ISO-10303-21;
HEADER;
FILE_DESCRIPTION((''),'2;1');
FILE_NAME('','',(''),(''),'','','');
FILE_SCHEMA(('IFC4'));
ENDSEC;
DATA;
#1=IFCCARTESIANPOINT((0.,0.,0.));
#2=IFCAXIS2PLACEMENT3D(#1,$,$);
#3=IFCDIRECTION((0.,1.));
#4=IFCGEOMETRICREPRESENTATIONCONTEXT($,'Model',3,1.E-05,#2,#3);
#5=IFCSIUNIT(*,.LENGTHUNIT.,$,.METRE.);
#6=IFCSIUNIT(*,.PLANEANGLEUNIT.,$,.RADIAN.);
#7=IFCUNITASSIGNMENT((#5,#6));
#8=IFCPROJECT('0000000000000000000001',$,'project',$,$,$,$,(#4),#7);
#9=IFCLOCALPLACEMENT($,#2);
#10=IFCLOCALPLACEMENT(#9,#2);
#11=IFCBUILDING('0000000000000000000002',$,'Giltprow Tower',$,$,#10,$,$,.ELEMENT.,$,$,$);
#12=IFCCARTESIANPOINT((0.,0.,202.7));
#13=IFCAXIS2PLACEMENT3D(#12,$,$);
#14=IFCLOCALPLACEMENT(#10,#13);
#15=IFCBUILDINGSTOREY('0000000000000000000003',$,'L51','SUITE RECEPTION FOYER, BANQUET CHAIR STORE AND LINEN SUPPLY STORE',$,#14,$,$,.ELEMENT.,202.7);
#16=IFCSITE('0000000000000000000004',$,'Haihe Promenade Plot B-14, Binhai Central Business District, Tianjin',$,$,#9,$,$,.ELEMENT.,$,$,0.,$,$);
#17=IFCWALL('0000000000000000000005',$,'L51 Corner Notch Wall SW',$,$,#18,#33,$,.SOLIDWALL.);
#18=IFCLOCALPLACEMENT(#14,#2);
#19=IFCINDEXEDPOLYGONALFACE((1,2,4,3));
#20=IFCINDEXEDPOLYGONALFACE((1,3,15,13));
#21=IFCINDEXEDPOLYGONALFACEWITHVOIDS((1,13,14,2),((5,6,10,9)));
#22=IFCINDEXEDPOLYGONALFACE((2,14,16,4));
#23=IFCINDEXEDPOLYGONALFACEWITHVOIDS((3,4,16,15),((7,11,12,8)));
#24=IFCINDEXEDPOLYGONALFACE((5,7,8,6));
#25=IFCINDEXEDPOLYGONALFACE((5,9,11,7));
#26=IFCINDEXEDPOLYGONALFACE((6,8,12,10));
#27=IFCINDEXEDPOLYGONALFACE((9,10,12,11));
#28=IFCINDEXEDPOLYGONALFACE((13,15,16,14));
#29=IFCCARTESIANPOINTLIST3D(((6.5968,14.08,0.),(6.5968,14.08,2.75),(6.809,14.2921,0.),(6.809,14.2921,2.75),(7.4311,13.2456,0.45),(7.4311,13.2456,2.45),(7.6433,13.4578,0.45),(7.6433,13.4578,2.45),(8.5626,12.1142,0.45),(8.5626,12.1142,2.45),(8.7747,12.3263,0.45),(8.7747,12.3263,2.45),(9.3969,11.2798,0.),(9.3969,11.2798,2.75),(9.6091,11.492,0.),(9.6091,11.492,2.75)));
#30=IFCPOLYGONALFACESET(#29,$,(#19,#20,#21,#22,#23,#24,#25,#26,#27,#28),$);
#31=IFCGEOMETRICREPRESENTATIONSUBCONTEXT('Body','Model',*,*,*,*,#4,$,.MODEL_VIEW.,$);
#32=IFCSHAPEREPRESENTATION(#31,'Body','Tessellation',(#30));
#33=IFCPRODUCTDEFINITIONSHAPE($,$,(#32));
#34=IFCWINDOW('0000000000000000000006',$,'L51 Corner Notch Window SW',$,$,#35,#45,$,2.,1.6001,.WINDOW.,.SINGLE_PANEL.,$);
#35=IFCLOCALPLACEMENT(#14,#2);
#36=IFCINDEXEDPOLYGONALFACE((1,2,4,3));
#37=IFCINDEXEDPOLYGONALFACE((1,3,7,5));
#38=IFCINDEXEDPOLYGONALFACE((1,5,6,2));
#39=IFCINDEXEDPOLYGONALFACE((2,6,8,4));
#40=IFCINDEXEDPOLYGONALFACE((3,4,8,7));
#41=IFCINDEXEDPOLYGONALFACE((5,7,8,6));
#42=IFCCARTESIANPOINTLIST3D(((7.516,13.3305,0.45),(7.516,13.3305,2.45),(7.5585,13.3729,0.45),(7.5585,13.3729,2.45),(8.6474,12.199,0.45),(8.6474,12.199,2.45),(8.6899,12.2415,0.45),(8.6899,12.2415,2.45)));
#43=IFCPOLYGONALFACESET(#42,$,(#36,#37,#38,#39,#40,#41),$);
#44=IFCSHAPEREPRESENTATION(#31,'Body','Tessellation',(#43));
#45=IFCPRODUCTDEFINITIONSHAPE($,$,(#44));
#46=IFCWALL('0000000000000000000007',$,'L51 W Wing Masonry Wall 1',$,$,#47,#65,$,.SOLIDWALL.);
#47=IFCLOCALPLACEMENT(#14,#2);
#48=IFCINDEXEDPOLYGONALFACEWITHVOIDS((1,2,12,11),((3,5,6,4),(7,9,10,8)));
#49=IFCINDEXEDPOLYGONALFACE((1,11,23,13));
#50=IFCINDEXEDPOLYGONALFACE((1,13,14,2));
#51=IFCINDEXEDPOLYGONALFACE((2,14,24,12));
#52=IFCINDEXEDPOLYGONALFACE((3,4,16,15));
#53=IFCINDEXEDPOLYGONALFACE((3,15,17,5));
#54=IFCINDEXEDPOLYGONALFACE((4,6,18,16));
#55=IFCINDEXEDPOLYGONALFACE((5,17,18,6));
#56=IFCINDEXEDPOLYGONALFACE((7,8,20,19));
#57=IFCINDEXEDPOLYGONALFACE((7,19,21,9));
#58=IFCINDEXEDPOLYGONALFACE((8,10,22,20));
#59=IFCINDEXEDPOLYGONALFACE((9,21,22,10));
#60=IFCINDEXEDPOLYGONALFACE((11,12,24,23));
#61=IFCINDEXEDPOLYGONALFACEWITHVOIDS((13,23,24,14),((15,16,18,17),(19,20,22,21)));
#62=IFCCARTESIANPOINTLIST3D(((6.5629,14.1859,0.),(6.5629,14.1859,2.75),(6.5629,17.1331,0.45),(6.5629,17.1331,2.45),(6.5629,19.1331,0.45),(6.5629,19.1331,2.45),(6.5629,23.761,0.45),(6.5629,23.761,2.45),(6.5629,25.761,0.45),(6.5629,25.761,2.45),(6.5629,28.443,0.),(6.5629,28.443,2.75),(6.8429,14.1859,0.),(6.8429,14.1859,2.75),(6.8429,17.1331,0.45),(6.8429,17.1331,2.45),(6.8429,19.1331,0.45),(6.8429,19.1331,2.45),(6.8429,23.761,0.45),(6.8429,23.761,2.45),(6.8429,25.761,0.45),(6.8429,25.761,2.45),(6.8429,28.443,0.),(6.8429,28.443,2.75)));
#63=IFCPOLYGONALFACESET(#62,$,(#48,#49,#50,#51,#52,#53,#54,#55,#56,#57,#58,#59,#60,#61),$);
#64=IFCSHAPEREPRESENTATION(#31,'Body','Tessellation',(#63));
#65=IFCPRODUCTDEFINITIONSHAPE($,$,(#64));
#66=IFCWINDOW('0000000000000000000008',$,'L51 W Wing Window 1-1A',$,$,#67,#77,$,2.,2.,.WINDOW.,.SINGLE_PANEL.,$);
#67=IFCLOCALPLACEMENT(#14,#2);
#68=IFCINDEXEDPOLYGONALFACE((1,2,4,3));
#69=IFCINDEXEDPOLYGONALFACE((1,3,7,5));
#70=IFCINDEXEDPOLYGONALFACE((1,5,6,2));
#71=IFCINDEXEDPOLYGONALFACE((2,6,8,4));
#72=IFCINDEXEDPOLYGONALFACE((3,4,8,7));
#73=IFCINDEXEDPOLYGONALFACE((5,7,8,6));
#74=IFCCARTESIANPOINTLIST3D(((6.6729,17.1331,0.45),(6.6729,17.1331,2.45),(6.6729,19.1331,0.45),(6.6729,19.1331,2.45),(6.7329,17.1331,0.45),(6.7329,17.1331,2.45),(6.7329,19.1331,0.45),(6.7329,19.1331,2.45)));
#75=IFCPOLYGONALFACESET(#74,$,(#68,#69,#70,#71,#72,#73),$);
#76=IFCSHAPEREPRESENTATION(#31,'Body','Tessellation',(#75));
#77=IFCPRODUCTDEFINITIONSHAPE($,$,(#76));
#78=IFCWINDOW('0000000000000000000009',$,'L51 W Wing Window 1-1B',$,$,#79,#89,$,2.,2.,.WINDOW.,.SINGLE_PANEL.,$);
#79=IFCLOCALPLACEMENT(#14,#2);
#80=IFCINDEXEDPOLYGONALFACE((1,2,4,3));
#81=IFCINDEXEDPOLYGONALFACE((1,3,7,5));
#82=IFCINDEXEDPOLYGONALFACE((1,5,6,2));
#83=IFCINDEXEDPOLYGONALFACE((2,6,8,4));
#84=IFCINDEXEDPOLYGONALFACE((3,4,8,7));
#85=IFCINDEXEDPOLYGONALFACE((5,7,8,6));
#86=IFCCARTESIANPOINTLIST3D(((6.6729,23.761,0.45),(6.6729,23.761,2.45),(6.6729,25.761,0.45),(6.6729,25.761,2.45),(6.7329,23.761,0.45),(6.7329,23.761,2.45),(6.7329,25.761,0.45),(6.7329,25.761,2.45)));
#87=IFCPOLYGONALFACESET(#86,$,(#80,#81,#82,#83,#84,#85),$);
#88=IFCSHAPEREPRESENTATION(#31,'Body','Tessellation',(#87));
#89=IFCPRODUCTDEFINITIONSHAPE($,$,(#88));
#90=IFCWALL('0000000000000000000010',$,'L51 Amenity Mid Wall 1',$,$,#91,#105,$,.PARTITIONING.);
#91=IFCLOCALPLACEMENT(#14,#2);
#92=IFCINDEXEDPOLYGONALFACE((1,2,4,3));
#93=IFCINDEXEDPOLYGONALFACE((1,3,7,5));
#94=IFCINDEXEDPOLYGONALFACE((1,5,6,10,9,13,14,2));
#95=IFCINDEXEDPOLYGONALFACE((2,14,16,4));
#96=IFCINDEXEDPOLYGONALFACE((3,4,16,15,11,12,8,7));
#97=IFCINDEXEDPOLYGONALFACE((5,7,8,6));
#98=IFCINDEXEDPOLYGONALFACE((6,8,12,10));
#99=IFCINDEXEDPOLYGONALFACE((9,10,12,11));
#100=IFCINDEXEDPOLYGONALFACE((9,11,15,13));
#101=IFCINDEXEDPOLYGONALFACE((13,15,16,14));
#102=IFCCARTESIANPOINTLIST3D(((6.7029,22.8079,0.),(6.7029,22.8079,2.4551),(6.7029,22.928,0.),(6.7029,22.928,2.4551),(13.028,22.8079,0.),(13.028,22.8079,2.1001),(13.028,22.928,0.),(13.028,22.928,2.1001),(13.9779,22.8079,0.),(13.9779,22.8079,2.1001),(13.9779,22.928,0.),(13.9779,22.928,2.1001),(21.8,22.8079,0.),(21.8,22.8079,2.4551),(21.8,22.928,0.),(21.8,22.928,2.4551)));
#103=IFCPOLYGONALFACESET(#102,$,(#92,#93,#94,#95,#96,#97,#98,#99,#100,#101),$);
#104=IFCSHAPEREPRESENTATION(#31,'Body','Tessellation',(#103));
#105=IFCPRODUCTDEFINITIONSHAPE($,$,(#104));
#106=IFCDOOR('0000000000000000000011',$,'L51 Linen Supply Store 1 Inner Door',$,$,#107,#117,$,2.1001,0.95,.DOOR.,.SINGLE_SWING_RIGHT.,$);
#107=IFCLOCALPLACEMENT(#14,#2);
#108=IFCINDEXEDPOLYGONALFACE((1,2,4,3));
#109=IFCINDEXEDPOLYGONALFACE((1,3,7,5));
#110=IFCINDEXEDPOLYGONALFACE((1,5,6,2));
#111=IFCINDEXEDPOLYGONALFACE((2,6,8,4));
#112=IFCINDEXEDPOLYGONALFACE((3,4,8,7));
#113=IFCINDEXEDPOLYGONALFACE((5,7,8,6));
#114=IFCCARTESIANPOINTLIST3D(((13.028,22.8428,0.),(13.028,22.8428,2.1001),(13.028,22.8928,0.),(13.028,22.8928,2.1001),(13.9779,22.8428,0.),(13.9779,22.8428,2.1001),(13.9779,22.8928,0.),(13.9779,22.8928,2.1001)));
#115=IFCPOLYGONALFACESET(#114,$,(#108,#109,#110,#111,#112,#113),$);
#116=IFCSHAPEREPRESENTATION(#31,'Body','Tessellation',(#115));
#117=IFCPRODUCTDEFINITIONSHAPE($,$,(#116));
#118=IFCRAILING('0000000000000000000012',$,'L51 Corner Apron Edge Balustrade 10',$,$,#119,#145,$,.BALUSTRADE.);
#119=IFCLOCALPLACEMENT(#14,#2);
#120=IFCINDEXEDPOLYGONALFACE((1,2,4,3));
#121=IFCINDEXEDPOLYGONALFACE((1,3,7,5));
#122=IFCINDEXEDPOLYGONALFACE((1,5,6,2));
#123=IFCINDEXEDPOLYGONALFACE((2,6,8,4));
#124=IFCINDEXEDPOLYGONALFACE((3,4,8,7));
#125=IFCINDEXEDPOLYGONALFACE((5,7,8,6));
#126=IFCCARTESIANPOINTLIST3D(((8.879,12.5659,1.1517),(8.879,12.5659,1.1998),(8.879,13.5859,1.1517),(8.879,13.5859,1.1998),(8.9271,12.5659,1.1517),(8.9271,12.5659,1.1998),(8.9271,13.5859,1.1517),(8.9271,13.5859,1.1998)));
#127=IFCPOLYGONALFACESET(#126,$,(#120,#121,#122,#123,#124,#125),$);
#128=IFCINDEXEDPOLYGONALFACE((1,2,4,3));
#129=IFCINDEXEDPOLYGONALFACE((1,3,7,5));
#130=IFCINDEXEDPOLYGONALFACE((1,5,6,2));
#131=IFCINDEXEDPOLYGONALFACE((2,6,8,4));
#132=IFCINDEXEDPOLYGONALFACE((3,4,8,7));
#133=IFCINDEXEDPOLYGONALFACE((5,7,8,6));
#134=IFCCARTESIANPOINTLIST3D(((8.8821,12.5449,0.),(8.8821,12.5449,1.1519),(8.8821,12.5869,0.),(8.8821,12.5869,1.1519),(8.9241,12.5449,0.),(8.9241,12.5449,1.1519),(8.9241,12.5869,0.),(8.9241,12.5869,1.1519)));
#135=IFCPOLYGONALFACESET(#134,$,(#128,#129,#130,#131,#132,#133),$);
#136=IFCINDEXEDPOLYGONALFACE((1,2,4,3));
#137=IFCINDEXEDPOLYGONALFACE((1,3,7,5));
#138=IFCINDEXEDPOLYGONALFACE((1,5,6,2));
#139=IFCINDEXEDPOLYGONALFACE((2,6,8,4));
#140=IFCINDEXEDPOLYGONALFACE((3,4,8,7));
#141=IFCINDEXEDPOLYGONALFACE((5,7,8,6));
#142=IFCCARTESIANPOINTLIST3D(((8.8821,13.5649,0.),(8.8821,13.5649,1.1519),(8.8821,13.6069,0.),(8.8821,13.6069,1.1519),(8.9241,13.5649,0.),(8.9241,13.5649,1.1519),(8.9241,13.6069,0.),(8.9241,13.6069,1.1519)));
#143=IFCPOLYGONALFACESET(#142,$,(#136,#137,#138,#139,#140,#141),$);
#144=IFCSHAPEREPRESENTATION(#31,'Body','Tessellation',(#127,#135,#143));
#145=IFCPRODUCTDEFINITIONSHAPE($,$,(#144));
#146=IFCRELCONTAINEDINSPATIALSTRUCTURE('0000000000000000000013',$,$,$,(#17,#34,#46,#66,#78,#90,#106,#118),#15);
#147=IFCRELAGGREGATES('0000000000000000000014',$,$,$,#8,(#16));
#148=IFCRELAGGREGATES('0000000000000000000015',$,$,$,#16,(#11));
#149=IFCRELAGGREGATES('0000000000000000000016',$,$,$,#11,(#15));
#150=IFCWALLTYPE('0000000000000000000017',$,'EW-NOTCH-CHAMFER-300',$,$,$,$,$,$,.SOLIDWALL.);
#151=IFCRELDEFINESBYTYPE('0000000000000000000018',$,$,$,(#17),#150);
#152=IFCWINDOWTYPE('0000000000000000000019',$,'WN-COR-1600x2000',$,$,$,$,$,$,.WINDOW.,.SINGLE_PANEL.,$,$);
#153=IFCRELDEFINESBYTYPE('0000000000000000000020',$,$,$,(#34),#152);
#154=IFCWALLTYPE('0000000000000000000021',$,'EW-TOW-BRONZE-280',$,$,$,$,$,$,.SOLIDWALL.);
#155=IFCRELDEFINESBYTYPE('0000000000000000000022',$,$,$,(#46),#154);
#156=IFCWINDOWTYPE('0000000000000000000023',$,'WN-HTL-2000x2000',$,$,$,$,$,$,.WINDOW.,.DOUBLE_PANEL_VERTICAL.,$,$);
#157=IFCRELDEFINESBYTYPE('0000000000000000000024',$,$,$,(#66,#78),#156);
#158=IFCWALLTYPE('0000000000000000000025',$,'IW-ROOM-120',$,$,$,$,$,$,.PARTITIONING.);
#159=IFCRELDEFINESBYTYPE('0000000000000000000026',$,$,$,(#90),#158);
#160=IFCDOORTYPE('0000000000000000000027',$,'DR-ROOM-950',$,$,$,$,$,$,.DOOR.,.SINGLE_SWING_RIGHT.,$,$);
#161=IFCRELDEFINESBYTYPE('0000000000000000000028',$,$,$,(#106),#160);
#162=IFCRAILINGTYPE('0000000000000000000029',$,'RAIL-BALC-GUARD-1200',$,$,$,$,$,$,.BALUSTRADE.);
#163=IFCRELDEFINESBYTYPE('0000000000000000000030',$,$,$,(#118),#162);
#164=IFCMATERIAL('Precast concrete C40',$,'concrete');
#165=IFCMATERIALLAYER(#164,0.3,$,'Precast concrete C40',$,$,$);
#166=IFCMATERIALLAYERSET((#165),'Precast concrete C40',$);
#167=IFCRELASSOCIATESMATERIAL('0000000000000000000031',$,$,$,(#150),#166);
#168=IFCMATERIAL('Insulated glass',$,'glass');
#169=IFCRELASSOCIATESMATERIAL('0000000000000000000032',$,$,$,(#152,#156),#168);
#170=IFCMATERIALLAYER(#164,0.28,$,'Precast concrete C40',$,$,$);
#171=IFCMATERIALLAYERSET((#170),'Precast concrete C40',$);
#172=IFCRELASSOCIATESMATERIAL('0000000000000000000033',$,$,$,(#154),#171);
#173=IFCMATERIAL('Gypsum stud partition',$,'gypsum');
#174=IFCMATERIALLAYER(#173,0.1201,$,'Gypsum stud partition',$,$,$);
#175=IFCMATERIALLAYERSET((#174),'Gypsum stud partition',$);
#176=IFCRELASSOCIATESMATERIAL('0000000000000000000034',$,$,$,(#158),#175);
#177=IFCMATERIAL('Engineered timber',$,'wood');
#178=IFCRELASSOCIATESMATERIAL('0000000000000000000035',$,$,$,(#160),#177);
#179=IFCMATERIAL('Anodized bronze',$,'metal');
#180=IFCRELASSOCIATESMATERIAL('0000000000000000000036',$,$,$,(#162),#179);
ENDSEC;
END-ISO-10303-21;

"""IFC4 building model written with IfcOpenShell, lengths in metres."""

from ifc_helpers import new_model, si_unit, direction, frame, frame_2d, origin, origin_2d, place, context, subcontext, project, spatial, rectangle, extrude, source, transform, mapped, material, layer, layer_set, type_object, element, fill, save


model = new_model("IFC4")

# Units and contexts
model_context = context("Model", 3, precision=1e-05, world=origin(), true_north=direction((0.0, 1.0)))
body_context = subcontext(model_context, "Body", "Model", "MODEL_VIEW")
ifc_project = project(units=[si_unit("LENGTHUNIT", "METRE"), si_unit("PLANEANGLEUNIT", "RADIAN")], contexts=[model_context])

# Site, building, storey
site_placement = place(None, origin())
site = spatial("IfcSite", under=ifc_project, at=site_placement, Name="Haihe Promenade Plot B-14, Binhai Central Business District, Tianjin", CompositionType="ELEMENT", RefElevation=0.0)
building_placement = place(site_placement, origin())
building = spatial("IfcBuilding", under=site, at=building_placement, Name="Giltprow Tower", CompositionType="ELEMENT")
storey_placement = place(building_placement, frame((0.0, 0.0, 202.7)))
storey = spatial("IfcBuildingStorey", under=building, at=storey_placement, Name="L51", Description="SUITE RECEPTION FOYER, BANQUET CHAIR STORE AND LINEN SUPPLY STORE", CompositionType="ELEMENT", Elevation=202.7)

# Shared definitions
ifc_material_1 = material(Name="Anodized bronze", Category="metal")
ifc_material_2 = material(Name="Insulated glass", Category="glass")

# Wall, opening, window
ifc_material_3 = material(Name="Precast concrete C40", Category="concrete")
ifc_layer_1 = layer(ifc_material_3, 0.3, Name="Precast concrete C40")
ifc_layer_set_1 = layer_set([ifc_layer_1], Name="Precast concrete C40")
wall_type_1 = type_object("IfcWallType", Name="EW-NOTCH-CHAMFER-300", PredefinedType="SOLIDWALL", material=ifc_layer_set_1)
wall_1_placement = place(storey_placement, frame((6.7029, 14.186, 0.0), z_axis=(0.0, 0.0, 1.0), x_axis=(0.707107, -0.707107, 0.0)))
wall_1 = element("IfcWall", 1, at=wall_1_placement, inside=storey, type_object=wall_type_1, Name="L51 Corner Notch Wall SW", PredefinedType="SOLIDWALL", context=body_context, shape_type="SweptSolid", body=[
    extrude(rectangle(XDim=3.96, YDim=0.3, at=frame_2d((1.98, 0.0))), origin(), (0.0, 0.0, 1.0), 2.75),
])
opening_1_placement = place(wall_1_placement, frame((1.1799, 0.0, 0.45)))
opening_1 = element("IfcOpeningElement", 2, at=opening_1_placement, cuts=wall_1, PredefinedType="OPENING", context=body_context, shape_type="SweptSolid", body=[
    extrude(rectangle(XDim=1.6001, YDim=2.0, at=frame_2d((0.8, 1.0))), frame((0.0, 0.1599, 0.0), z_axis=(0.0, -1.0, 0.0), x_axis=(1.0, 0.0, 0.0)), (0.0, 0.0, 1.0), 0.3201),
])
window_type_1 = type_object("IfcWindowType", Name="WN-COR-1600x2000", PartitioningType="SINGLE_PANEL", PredefinedType="WINDOW", material=ifc_material_2)
shared_shape_1 = source(origin(), body_context, "Body", "SweptSolid", [
    extrude(rectangle(XDim=1.6001, YDim=2.0, at=frame_2d((0.8, 1.0))), frame((0.0, 0.03, 0.0), z_axis=(0.0, -1.0, 0.0), x_axis=(1.0, 0.0, 0.0)), (0.0, 0.0, 1.0), 0.0601),
])
window_1_placement = place(opening_1_placement, origin())
window_1 = element("IfcWindow", 3, at=window_1_placement, inside=storey, type_object=window_type_1, Name="L51 Corner Notch Window SW", OverallHeight=2.0, OverallWidth=1.6001, PartitioningType="SINGLE_PANEL", PredefinedType="WINDOW", context=body_context, shape_type="MappedRepresentation", body=[
    mapped(shared_shape_1, transform((0.0, 0.0, 0.0), x_axis=(1.0, 0.0, 0.0), y_axis=(0.0, 1.0, 0.0), z_axis=(0.0, 0.0, 1.0), scale=1.0)),
])
fill(opening_1, window_1)

# Wall, openings, windows
ifc_layer_2 = layer(ifc_material_3, 0.28, Name="Precast concrete C40")
ifc_layer_set_2 = layer_set([ifc_layer_2], Name="Precast concrete C40")
wall_type_2 = type_object("IfcWallType", Name="EW-TOW-BRONZE-280", PredefinedType="SOLIDWALL", material=ifc_layer_set_2)
wall_2_placement = place(storey_placement, frame((6.7029, 14.186, 0.0), z_axis=(0.0, 0.0, 1.0), x_axis=(0.0, 1.0, 0.0)))
wall_2 = element("IfcWall", 4, at=wall_2_placement, inside=storey, type_object=wall_type_2, Name="L51 W Wing Masonry Wall 1", PredefinedType="SOLIDWALL", context=body_context, shape_type="SweptSolid", body=[
    extrude(rectangle(XDim=14.2571, YDim=0.28, at=frame_2d((7.1284, 0.0))), origin(), (0.0, 0.0, 1.0), 2.75),
])
opening_2_placement = place(wall_2_placement, frame((2.947, 0.0, 0.45)))
opening_2 = element("IfcOpeningElement", 5, at=opening_2_placement, cuts=wall_2, PredefinedType="OPENING", context=body_context, shape_type="SweptSolid", body=[
    extrude(rectangle(XDim=2.0, YDim=2.0, at=frame_2d((1.0, 1.0))), frame((0.0, 0.1499, 0.0), z_axis=(0.0, -1.0, 0.0), x_axis=(1.0, 0.0, 0.0)), (0.0, 0.0, 1.0), 0.3),
])
opening_3_placement = place(wall_2_placement, frame((9.575, 0.0, 0.45)))
opening_3 = element("IfcOpeningElement", 6, at=opening_3_placement, cuts=wall_2, PredefinedType="OPENING", context=body_context, shape_type="SweptSolid", body=[
    extrude(rectangle(XDim=2.0, YDim=2.0, at=frame_2d((1.0, 1.0))), frame((0.0, 0.1499, 0.0), z_axis=(0.0, -1.0, 0.0), x_axis=(1.0, 0.0, 0.0)), (0.0, 0.0, 1.0), 0.3),
])
window_type_2 = type_object("IfcWindowType", Name="WN-HTL-2000x2000", PartitioningType="DOUBLE_PANEL_VERTICAL", PredefinedType="WINDOW", material=ifc_material_2)
shared_shape_2 = source(origin(), body_context, "Body", "SweptSolid", [
    extrude(rectangle(XDim=2.0, YDim=2.0, at=frame_2d((1.0, 1.0))), frame((0.0, 0.03, 0.0), z_axis=(0.0, -1.0, 0.0), x_axis=(1.0, 0.0, 0.0)), (0.0, 0.0, 1.0), 0.0601),
])
window_2_placement = place(opening_2_placement, origin())
window_2 = element("IfcWindow", 7, at=window_2_placement, inside=storey, type_object=window_type_2, Name="L51 W Wing Window 1-1A", OverallHeight=2.0, OverallWidth=2.0, PartitioningType="SINGLE_PANEL", PredefinedType="WINDOW", context=body_context, shape_type="MappedRepresentation", body=[
    mapped(shared_shape_2, transform((0.0, 0.0, 0.0), x_axis=(1.0, 0.0, 0.0), y_axis=(0.0, 1.0, 0.0), z_axis=(0.0, 0.0, 1.0), scale=1.0)),
])
fill(opening_2, window_2)
window_3_placement = place(opening_3_placement, origin())
window_3 = element("IfcWindow", 8, at=window_3_placement, inside=storey, type_object=window_type_2, Name="L51 W Wing Window 1-1B", OverallHeight=2.0, OverallWidth=2.0, PartitioningType="SINGLE_PANEL", PredefinedType="WINDOW", context=body_context, shape_type="MappedRepresentation", body=[
    mapped(shared_shape_2, transform((0.0, 0.0, 0.0), x_axis=(1.0, 0.0, 0.0), y_axis=(0.0, 1.0, 0.0), z_axis=(0.0, 0.0, 1.0), scale=1.0)),
])
fill(opening_3, window_3)

# Wall, opening, door
ifc_material_4 = material(Name="Gypsum stud partition", Category="gypsum")
ifc_layer_3 = layer(ifc_material_4, 0.1201, Name="Gypsum stud partition")
ifc_layer_set_3 = layer_set([ifc_layer_3], Name="Gypsum stud partition")
wall_type_3 = type_object("IfcWallType", Name="IW-ROOM-120", PredefinedType="PARTITIONING", material=ifc_layer_set_3)
wall_3_placement = place(storey_placement, frame((6.7029, 22.8679, 0.0), z_axis=(0.0, 0.0, 1.0), x_axis=(1.0, 0.0, 0.0)))
wall_3 = element("IfcWall", 9, at=wall_3_placement, inside=storey, type_object=wall_type_3, Name="L51 Amenity Mid Wall 1", PredefinedType="PARTITIONING", context=body_context, shape_type="SweptSolid", body=[
    extrude(rectangle(XDim=15.0972, YDim=0.1201, at=frame_2d((7.5486, 0.0))), origin(), (0.0, 0.0, 1.0), 2.4551),
])
opening_4_placement = place(wall_3_placement, frame((6.325, 0.0, 0.0)))
opening_4 = element("IfcOpeningElement", 10, at=opening_4_placement, cuts=wall_3, PredefinedType="OPENING", context=body_context, shape_type="SweptSolid", body=[
    extrude(rectangle(XDim=0.95, YDim=2.1001, at=frame_2d((0.4751, 1.05))), frame((0.0, 0.0701, 0.0), z_axis=(0.0, -1.0, 0.0), x_axis=(1.0, 0.0, 0.0)), (0.0, 0.0, 1.0), 0.1401),
])
ifc_material_5 = material(Name="Engineered timber", Category="wood")
door_type = type_object("IfcDoorType", Name="DR-ROOM-950", OperationType="SINGLE_SWING_RIGHT", PredefinedType="DOOR", material=ifc_material_5)
shared_shape_3 = source(origin(), body_context, "Body", "SweptSolid", [
    extrude(rectangle(XDim=0.95, YDim=2.1001, at=frame_2d((0.4751, 1.05))), frame((0.0, 0.0249, 0.0), z_axis=(0.0, -1.0, 0.0), x_axis=(1.0, 0.0, 0.0)), (0.0, 0.0, 1.0), 0.05),
])
door_placement = place(opening_4_placement, origin())
door = element("IfcDoor", 11, at=door_placement, inside=storey, type_object=door_type, Name="L51 Linen Supply Store 1 Inner Door", OperationType="SINGLE_SWING_RIGHT", OverallHeight=2.1001, OverallWidth=0.95, PredefinedType="DOOR", context=body_context, shape_type="MappedRepresentation", body=[
    mapped(shared_shape_3, transform((0.0, 0.0, 0.0), x_axis=(1.0, 0.0, 0.0), y_axis=(0.0, 1.0, 0.0), z_axis=(0.0, 0.0, 1.0), scale=1.0)),
])
fill(opening_4, door)

# Railing
railing_type = type_object("IfcRailingType", Name="RAIL-BALC-GUARD-1200", PredefinedType="BALUSTRADE", material=ifc_material_1)
railing_1_placement = place(storey_placement, frame((8.9031, 12.5659, 0.0)))
element("IfcRailing", 12, at=railing_1_placement, inside=storey, type_object=railing_type, Name="L51 Corner Apron Edge Balustrade 10", PredefinedType="BALUSTRADE", context=body_context, shape_type="SweptSolid", body=[
    extrude(rectangle(XDim=0.0481, YDim=0.0481, at=origin_2d()), frame((0.0, 0.0, 1.1758), z_axis=(0.0, 1.0, 0.0), x_axis=(-1.0, 0.0, 0.0)), (0.0, 0.0, 1.0), 1.02),
    extrude(rectangle(XDim=0.042, YDim=0.042, at=origin_2d()), origin(), (0.0, 0.0, 1.0), 1.1519),
    extrude(rectangle(XDim=0.042, YDim=0.042, at=origin_2d()), frame((0.0, 1.02, 0.0)), (0.0, 0.0, 1.0), 1.1519),
])

save(model, "model.ifc")
